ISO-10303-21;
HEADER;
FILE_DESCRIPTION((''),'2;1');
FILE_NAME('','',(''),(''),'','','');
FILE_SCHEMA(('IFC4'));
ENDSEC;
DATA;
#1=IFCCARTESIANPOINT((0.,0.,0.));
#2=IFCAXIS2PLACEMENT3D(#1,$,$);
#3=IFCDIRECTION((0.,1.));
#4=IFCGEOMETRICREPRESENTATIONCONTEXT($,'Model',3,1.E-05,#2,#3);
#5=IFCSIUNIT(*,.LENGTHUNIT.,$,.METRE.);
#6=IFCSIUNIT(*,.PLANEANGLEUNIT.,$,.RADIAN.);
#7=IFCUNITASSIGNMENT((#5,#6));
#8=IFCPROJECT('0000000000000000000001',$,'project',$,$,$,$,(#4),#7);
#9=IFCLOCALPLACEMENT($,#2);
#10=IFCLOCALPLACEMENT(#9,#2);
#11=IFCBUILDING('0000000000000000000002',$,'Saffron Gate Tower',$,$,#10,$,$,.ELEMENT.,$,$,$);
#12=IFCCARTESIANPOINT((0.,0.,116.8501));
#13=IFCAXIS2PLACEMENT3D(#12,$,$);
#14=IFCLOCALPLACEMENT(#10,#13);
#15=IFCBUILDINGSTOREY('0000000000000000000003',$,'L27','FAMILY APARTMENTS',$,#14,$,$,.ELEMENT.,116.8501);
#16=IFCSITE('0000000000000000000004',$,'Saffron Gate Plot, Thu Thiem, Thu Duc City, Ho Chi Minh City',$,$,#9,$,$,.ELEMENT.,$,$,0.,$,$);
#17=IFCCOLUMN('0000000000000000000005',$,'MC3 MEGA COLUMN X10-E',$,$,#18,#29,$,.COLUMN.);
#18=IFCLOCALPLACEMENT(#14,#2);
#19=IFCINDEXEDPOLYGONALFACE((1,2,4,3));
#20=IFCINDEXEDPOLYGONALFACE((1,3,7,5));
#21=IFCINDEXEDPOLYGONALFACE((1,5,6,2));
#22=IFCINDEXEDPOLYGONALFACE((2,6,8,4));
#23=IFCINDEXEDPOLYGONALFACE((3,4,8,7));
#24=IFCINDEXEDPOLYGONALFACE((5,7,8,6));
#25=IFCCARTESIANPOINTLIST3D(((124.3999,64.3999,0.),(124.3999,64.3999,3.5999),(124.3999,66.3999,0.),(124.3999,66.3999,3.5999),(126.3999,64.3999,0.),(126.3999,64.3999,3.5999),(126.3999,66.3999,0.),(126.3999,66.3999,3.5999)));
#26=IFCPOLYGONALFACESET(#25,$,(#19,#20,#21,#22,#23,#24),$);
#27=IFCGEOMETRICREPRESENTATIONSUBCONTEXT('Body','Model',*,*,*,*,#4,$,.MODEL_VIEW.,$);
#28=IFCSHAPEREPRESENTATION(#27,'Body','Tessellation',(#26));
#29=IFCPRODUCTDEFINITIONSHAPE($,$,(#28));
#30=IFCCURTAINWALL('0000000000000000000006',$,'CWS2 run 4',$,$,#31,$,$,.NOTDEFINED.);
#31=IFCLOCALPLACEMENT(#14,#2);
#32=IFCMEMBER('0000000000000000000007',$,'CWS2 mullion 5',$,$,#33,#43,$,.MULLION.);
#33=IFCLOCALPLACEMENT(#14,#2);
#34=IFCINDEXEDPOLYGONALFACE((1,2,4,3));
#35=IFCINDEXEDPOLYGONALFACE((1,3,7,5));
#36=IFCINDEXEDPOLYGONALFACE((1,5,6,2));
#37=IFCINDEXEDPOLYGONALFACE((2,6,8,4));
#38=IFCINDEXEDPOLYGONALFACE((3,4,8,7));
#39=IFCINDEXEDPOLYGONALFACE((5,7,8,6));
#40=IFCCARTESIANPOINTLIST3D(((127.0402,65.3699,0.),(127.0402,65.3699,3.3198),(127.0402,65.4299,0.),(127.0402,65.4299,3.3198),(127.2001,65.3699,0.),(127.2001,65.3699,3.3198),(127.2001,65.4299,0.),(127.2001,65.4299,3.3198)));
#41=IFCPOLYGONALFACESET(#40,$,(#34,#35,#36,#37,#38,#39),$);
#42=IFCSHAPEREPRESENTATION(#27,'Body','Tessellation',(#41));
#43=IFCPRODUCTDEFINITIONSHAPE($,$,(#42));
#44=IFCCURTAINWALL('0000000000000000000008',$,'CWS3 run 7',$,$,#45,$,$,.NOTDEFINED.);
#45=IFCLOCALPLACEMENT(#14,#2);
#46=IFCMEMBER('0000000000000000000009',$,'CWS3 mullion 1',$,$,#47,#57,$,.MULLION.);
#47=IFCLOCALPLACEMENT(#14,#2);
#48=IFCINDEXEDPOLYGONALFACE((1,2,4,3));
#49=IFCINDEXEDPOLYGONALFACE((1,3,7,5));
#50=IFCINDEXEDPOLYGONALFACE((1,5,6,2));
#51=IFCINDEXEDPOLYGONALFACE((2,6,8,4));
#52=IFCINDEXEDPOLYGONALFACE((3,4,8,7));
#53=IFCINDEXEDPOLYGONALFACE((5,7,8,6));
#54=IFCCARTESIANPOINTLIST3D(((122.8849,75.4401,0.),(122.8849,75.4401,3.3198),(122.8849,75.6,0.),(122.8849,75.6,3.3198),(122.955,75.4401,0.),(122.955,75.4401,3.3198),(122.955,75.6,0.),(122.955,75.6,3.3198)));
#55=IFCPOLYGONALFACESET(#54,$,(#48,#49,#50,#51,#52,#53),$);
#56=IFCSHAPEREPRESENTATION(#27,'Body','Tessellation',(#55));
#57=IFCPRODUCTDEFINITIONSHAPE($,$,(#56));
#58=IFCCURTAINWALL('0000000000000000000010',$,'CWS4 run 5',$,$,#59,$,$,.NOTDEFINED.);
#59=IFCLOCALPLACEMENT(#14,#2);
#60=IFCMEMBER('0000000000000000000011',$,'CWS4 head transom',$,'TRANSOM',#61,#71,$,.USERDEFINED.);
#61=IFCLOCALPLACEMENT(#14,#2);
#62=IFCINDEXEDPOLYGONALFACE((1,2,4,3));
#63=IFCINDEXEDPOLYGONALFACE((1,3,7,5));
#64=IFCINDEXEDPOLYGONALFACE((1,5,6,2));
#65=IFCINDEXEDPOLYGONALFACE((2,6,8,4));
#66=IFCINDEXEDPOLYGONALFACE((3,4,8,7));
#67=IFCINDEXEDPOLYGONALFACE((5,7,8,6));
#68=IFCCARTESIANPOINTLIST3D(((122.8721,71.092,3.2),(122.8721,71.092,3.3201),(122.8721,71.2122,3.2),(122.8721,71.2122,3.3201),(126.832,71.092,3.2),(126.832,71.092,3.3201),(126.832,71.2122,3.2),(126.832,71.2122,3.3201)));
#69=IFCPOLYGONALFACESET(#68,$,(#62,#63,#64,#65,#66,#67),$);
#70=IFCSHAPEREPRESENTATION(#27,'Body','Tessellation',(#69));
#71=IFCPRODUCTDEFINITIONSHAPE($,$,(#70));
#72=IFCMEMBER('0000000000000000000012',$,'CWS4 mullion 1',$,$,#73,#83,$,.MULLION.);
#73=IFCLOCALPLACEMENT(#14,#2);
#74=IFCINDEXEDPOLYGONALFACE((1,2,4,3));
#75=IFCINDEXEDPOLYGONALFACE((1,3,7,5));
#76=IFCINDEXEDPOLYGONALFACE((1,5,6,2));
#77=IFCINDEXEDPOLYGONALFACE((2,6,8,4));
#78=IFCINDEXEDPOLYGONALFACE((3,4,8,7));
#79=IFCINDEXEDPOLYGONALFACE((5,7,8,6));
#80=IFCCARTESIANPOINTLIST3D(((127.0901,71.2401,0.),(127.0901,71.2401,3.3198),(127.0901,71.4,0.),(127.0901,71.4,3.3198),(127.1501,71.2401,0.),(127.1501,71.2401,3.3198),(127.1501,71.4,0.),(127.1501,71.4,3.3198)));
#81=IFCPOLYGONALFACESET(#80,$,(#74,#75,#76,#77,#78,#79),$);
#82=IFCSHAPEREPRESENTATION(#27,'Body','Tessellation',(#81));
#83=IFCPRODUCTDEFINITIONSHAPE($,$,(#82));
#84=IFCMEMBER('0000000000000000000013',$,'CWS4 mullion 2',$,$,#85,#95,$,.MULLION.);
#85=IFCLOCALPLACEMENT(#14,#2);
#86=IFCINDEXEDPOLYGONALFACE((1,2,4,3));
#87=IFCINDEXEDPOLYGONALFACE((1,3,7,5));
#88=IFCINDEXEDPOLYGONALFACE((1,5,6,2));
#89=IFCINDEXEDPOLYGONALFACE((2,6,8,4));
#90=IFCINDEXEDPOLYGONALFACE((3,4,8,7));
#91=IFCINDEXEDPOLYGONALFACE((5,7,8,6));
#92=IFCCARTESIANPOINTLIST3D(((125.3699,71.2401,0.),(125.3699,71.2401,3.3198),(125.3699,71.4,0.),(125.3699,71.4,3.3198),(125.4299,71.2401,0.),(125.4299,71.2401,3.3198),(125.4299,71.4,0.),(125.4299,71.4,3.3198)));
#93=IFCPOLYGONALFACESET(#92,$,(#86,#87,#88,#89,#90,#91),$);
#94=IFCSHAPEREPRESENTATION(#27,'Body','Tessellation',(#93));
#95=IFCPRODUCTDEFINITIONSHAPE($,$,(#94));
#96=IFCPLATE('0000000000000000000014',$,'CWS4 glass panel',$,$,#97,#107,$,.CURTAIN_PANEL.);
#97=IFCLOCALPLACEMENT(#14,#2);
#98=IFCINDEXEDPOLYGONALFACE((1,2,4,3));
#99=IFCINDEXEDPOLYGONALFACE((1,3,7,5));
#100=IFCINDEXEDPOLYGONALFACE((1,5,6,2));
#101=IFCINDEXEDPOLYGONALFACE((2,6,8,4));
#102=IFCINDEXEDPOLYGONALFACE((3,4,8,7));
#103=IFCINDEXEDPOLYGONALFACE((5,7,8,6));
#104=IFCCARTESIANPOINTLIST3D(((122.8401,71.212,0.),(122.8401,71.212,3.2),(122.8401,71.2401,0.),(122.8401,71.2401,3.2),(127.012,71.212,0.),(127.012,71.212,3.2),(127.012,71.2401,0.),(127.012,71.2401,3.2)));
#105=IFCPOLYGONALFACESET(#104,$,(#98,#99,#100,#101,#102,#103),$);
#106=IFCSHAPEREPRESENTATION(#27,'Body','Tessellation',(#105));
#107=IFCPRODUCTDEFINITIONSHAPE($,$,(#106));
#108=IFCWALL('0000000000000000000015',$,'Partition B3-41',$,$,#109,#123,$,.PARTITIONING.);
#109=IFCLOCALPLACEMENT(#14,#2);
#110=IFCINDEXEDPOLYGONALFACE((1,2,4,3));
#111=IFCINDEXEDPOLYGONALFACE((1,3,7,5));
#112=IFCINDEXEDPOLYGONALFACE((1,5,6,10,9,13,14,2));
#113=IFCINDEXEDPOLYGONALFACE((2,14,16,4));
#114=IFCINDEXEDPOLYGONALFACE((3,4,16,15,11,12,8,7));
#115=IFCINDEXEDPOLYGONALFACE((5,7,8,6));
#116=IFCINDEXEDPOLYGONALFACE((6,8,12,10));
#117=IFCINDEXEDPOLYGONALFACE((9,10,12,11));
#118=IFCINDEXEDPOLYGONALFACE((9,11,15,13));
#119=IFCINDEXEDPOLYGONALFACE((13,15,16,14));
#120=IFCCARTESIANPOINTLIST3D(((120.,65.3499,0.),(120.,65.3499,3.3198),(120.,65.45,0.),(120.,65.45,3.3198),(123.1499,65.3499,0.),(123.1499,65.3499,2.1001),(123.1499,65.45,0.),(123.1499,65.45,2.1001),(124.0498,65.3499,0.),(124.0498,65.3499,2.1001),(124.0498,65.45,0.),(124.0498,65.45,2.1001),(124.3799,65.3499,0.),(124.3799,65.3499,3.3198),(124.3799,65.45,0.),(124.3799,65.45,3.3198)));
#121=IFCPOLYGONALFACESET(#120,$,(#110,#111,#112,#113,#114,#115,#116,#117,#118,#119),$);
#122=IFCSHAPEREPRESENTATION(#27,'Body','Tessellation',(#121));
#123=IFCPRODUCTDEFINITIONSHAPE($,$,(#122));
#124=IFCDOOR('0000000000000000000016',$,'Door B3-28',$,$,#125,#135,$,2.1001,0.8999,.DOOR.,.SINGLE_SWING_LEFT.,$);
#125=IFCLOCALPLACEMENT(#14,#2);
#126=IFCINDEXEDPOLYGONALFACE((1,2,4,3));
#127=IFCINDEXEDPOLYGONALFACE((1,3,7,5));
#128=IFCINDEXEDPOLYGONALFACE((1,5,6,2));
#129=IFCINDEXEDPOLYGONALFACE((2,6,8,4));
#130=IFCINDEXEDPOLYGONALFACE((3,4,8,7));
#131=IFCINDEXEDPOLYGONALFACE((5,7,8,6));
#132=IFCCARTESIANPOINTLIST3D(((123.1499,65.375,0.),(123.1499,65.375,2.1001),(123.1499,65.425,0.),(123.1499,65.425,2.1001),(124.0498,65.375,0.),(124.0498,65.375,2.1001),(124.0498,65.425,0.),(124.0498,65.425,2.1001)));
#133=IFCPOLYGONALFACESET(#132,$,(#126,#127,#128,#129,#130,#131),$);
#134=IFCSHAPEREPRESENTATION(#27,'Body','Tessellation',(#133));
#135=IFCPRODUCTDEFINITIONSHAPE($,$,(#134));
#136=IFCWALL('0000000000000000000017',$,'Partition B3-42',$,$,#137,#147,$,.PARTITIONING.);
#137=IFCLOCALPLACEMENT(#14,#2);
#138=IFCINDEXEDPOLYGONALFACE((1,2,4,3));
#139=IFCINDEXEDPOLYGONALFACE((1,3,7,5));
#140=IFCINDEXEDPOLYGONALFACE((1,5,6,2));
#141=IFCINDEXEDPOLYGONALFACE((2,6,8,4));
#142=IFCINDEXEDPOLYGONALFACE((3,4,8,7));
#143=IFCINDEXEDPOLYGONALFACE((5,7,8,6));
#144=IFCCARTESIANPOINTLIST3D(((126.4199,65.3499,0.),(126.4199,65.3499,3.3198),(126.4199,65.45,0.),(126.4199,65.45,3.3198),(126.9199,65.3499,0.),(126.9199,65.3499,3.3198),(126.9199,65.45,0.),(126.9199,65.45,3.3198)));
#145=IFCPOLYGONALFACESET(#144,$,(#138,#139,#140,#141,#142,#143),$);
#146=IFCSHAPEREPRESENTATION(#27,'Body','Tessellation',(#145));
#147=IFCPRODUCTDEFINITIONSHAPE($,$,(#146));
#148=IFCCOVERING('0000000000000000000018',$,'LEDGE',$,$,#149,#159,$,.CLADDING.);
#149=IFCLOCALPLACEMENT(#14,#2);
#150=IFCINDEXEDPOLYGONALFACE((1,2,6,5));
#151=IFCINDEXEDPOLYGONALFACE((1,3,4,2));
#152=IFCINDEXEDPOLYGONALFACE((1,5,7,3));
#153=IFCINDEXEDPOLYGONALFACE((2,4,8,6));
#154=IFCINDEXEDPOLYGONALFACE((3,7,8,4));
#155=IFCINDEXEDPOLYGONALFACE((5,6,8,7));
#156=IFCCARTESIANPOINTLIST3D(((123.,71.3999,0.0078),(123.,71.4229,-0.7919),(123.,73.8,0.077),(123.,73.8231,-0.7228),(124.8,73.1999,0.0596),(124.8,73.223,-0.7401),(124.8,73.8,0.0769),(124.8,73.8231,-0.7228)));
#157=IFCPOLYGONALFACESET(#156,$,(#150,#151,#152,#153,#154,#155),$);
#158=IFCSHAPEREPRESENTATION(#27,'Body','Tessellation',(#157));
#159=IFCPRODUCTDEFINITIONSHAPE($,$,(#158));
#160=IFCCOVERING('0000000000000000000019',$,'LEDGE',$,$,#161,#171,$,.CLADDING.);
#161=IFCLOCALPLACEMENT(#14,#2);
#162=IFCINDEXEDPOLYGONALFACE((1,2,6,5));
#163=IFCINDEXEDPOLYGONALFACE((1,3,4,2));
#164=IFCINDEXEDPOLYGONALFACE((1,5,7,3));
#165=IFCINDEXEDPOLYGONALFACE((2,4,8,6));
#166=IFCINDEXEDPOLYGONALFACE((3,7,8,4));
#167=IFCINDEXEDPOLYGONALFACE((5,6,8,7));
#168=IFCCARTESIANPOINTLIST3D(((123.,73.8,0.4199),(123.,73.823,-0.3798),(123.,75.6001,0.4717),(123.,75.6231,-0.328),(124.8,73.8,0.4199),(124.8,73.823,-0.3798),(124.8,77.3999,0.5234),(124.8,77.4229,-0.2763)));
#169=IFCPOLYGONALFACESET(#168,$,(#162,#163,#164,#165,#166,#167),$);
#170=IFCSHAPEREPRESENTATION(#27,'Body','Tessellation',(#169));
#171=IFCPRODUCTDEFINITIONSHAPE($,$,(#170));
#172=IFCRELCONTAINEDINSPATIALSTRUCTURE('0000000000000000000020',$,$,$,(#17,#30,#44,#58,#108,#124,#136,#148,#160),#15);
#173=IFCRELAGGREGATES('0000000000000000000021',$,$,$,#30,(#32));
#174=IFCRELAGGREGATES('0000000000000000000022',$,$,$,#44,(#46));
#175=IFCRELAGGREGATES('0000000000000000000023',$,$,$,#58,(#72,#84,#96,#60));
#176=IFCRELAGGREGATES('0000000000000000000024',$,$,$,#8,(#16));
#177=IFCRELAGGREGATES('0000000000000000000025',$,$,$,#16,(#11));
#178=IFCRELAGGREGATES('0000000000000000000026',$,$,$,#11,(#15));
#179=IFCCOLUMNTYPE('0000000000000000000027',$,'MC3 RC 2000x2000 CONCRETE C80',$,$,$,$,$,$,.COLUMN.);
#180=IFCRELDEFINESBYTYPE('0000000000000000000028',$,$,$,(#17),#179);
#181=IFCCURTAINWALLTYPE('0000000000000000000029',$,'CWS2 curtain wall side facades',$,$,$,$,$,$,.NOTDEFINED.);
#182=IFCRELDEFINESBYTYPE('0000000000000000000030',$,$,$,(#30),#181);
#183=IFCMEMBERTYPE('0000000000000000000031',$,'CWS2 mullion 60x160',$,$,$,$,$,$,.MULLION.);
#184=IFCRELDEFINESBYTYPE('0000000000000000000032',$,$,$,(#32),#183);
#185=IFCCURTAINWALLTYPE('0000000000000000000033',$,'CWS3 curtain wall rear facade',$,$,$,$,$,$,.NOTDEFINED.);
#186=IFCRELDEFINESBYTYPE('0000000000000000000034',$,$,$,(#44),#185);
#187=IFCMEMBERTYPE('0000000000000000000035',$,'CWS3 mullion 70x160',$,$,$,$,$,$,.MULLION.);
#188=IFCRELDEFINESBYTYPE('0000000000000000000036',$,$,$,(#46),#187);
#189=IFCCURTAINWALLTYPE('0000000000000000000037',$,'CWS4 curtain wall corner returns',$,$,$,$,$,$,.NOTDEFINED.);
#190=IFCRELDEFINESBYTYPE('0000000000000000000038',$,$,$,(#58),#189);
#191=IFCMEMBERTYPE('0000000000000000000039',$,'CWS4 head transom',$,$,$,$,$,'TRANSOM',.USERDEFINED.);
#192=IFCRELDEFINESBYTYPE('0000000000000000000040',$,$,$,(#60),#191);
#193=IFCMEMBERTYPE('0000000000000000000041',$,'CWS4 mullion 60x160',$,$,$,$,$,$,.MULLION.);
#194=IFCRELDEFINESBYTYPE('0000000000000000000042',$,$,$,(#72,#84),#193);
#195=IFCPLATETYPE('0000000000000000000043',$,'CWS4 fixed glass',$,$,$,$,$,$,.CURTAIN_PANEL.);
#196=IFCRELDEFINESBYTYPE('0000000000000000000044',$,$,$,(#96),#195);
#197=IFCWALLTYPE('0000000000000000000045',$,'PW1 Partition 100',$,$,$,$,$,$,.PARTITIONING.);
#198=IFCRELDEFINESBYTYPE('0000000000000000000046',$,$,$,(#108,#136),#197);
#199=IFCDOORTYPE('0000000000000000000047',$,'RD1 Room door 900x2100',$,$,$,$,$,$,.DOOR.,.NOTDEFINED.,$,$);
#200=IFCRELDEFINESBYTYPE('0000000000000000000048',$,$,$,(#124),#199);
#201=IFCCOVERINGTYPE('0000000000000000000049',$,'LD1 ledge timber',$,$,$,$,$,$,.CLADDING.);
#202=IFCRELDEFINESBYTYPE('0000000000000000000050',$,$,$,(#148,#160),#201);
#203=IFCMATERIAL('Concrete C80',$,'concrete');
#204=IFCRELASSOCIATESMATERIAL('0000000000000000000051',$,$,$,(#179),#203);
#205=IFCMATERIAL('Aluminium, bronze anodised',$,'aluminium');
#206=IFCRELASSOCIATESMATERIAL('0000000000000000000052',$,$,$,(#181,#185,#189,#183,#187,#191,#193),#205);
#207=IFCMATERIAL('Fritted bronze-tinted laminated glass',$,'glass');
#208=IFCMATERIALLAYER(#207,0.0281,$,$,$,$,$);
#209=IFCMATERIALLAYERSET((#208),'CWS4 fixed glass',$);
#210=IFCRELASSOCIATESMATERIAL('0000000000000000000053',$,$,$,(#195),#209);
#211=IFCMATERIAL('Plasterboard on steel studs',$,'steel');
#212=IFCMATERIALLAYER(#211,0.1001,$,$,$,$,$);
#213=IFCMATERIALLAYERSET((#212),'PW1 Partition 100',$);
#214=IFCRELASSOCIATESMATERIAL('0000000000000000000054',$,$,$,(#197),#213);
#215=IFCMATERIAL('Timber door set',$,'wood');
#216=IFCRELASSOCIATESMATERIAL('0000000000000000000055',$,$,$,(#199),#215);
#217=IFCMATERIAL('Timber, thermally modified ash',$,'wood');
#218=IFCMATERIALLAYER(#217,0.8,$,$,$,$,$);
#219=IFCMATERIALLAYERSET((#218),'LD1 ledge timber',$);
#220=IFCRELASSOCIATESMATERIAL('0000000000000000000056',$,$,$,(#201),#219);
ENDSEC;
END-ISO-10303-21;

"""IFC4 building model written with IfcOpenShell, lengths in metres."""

from ifc_helpers import new_model, si_unit, direction, frame, frame_2d, origin, origin_2d, place, context, subcontext, project, spatial, polyline, rectangle, outline, extrude, material, layer, layer_set, material_profile, profile_set, type_object, element, fill, aggregate, save


model = new_model("IFC4")

# Units and contexts
model_context = context("Model", 3, precision=1e-05, world=origin(), true_north=direction((0.0, 1.0)))
body_context = subcontext(model_context, "Body", "Model", "MODEL_VIEW")
ifc_project = project(units=[si_unit("LENGTHUNIT", "METRE"), si_unit("PLANEANGLEUNIT", "RADIAN")], contexts=[model_context])

# Site, building, storey
site_placement = place(None, origin())
site = spatial("IfcSite", under=ifc_project, at=site_placement, Name="Saffron Gate Plot, Thu Thiem, Thu Duc City, Ho Chi Minh City", CompositionType="ELEMENT", RefElevation=0.0)
building_placement = place(site_placement, origin())
building = spatial("IfcBuilding", under=site, at=building_placement, Name="Saffron Gate Tower", CompositionType="ELEMENT")
storey_placement = place(building_placement, frame((0.0, 0.0, 116.8501)))
storey = spatial("IfcBuildingStorey", under=building, at=storey_placement, Name="L27", Description="FAMILY APARTMENTS", CompositionType="ELEMENT", Elevation=116.8501)

# Column
ifc_material_1 = material(Name="Concrete C80", Category="concrete")
ifc_material_profile_1 = material_profile(ifc_material_1, rectangle(XDim=2.0, YDim=2.0, at=origin_2d()))
ifc_profile_set_1 = profile_set([ifc_material_profile_1], Name="Concrete C80")
column_type = type_object("IfcColumnType", Name="MC3 RC 2000x2000 CONCRETE C80", PredefinedType="COLUMN", material=ifc_profile_set_1)
column_placement = place(storey_placement, frame((125.3999, 65.3999, 0.0), z_axis=(0.0, 0.0, 1.0), x_axis=(1.0, 0.0, 0.0)))
element("IfcColumn", 1, at=column_placement, inside=storey, type_object=column_type, Name="MC3 MEGA COLUMN X10-E", PredefinedType="COLUMN", context=body_context, shape_type="SweptSolid", body=[
    extrude(rectangle(XDim=2.0, YDim=2.0, at=origin_2d()), origin(), (0.0, 0.0, 1.0), 3.5999),
])

# Curtain walls, members
ifc_material_2 = material(Name="Aluminium, bronze anodised", Category="aluminium")
curtain_wall_type_1 = type_object("IfcCurtainWallType", Name="CWS2 curtain wall side facades", PredefinedType="NOTDEFINED", material=ifc_material_2)
curtain_wall_1_placement = place(storey_placement, origin())
curtain_wall_1 = element("IfcCurtainWall", 2, at=curtain_wall_1_placement, inside=storey, type_object=curtain_wall_type_1, Name="CWS2 run 4", PredefinedType="NOTDEFINED")
ifc_material_profile_2 = material_profile(ifc_material_2, rectangle(XDim=0.1599, YDim=0.0601, at=origin_2d()))
ifc_profile_set_2 = profile_set([ifc_material_profile_2], Name="Aluminium, bronze anodised")
member_type_1 = type_object("IfcMemberType", Name="CWS2 mullion 60x160", PredefinedType="MULLION", material=ifc_profile_set_2)
member_1_placement = place(storey_placement, frame((127.1201, 65.3999, 0.0), z_axis=(0.0, 0.0, 1.0), x_axis=(-1.0, 0.0, 0.0)))
member_1 = element("IfcMember", 3, at=member_1_placement, type_object=member_type_1, Name="CWS2 mullion 5", PredefinedType="MULLION", context=body_context, shape_type="SweptSolid", body=[
    extrude(rectangle(XDim=0.1599, YDim=0.0601, at=origin_2d()), origin(), (0.0, 0.0, 1.0), 3.3198),
])
aggregate(curtain_wall_1, [member_1])
curtain_wall_type_2 = type_object("IfcCurtainWallType", Name="CWS3 curtain wall rear facade", PredefinedType="NOTDEFINED", material=ifc_material_2)
curtain_wall_2_placement = place(storey_placement, origin())
curtain_wall_2 = element("IfcCurtainWall", 4, at=curtain_wall_2_placement, inside=storey, type_object=curtain_wall_type_2, Name="CWS3 run 7", PredefinedType="NOTDEFINED")
ifc_material_profile_3 = material_profile(ifc_material_2, rectangle(XDim=0.1599, YDim=0.0701, at=origin_2d()))
ifc_profile_set_3 = profile_set([ifc_material_profile_3], Name="Aluminium, bronze anodised")
member_type_2 = type_object("IfcMemberType", Name="CWS3 mullion 70x160", PredefinedType="MULLION", material=ifc_profile_set_3)
member_2_placement = place(storey_placement, frame((122.9199, 75.52, 0.0), z_axis=(0.0, 0.0, 1.0), x_axis=(0.0, -1.0, 0.0)))
member_2 = element("IfcMember", 5, at=member_2_placement, type_object=member_type_2, Name="CWS3 mullion 1", PredefinedType="MULLION", context=body_context, shape_type="SweptSolid", body=[
    extrude(rectangle(XDim=0.1599, YDim=0.0701, at=origin_2d()), origin(), (0.0, 0.0, 1.0), 3.3198),
])
aggregate(curtain_wall_2, [member_2])

# Curtain wall, members, plate
curtain_wall_type_3 = type_object("IfcCurtainWallType", Name="CWS4 curtain wall corner returns", PredefinedType="NOTDEFINED", material=ifc_material_2)
curtain_wall_3_placement = place(storey_placement, origin())
curtain_wall_3 = element("IfcCurtainWall", 6, at=curtain_wall_3_placement, inside=storey, type_object=curtain_wall_type_3, Name="CWS4 run 5", PredefinedType="NOTDEFINED")
ifc_material_profile_4 = material_profile(ifc_material_2, rectangle(XDim=0.1201, YDim=0.1201, at=origin_2d()))
ifc_profile_set_4 = profile_set([ifc_material_profile_4], Name="Aluminium, bronze anodised")
member_type_3 = type_object("IfcMemberType", Name="CWS4 head transom", ElementType="TRANSOM", PredefinedType="USERDEFINED", material=ifc_profile_set_4)
member_3_placement = place(storey_placement, frame((126.832, 71.1521, 3.26), z_axis=(-1.0, 0.0, 0.0), x_axis=(0.0, -1.0, 0.0)))
member_3 = element("IfcMember", 7, at=member_3_placement, type_object=member_type_3, Name="CWS4 head transom", ObjectType="TRANSOM", PredefinedType="USERDEFINED", context=body_context, shape_type="SweptSolid", body=[
    extrude(rectangle(XDim=0.1201, YDim=0.1201, at=origin_2d()), origin(), (0.0, 0.0, 1.0), 3.96),
])
ifc_material_profile_5 = material_profile(ifc_material_2, rectangle(XDim=0.1599, YDim=0.0601, at=origin_2d()))
ifc_profile_set_5 = profile_set([ifc_material_profile_5], Name="Aluminium, bronze anodised")
member_type_4 = type_object("IfcMemberType", Name="CWS4 mullion 60x160", PredefinedType="MULLION", material=ifc_profile_set_5)
member_4_placement = place(storey_placement, frame((127.1201, 71.3201, 0.0), z_axis=(0.0, 0.0, 1.0), x_axis=(0.0, -1.0, 0.0)))
member_4 = element("IfcMember", 8, at=member_4_placement, type_object=member_type_4, Name="CWS4 mullion 1", PredefinedType="MULLION", context=body_context, shape_type="SweptSolid", body=[
    extrude(rectangle(XDim=0.1599, YDim=0.0601, at=origin_2d()), origin(), (0.0, 0.0, 1.0), 3.3198),
])
member_5_placement = place(storey_placement, frame((125.3999, 71.3201, 0.0), z_axis=(0.0, 0.0, 1.0), x_axis=(0.0, -1.0, 0.0)))
member_5 = element("IfcMember", 9, at=member_5_placement, type_object=member_type_4, Name="CWS4 mullion 2", PredefinedType="MULLION", context=body_context, shape_type="SweptSolid", body=[
    extrude(rectangle(XDim=0.1599, YDim=0.0601, at=origin_2d()), origin(), (0.0, 0.0, 1.0), 3.3198),
])
ifc_material_3 = material(Name="Fritted bronze-tinted laminated glass", Category="glass")
ifc_layer_1 = layer(ifc_material_3, 0.0281)
ifc_layer_set_1 = layer_set([ifc_layer_1], Name="CWS4 fixed glass")
plate_type = type_object("IfcPlateType", Name="CWS4 fixed glass", PredefinedType="CURTAIN_PANEL", material=ifc_layer_set_1)
plate_placement = place(storey_placement, frame((127.012, 71.2261, 0.0), z_axis=(0.0, 0.0, 1.0), x_axis=(-1.0, 0.0, 0.0)))
plate = element("IfcPlate", 10, at=plate_placement, type_object=plate_type, Name="CWS4 glass panel", PredefinedType="CURTAIN_PANEL", context=body_context, shape_type="SweptSolid", body=[
    extrude(rectangle(XDim=4.1719, YDim=0.0281, at=frame_2d((2.0859, 0.0))), origin(), (0.0, 0.0, 1.0), 3.2),
])
aggregate(curtain_wall_3, [member_4, member_5, plate, member_3])

# Wall, opening, door
ifc_material_4 = material(Name="Plasterboard on steel studs", Category="steel")
ifc_layer_2 = layer(ifc_material_4, 0.1001)
ifc_layer_set_2 = layer_set([ifc_layer_2], Name="PW1 Partition 100")
wall_type = type_object("IfcWallType", Name="PW1 Partition 100", PredefinedType="PARTITIONING", material=ifc_layer_set_2)
wall_1_placement = place(storey_placement, frame((124.3799, 65.3999, 0.0), z_axis=(0.0, 0.0, 1.0), x_axis=(-1.0, 0.0, 0.0)))
wall_1 = element("IfcWall", 11, at=wall_1_placement, inside=storey, type_object=wall_type, Name="Partition B3-41", PredefinedType="PARTITIONING", context=body_context, shape_type="SweptSolid", body=[
    extrude(rectangle(XDim=4.3799, YDim=0.1001, at=frame_2d((2.1899, 0.0))), origin(), (0.0, 0.0, 1.0), 3.3198),
])
opening_placement = place(wall_1_placement, frame((0.3301, 0.0, 0.0)))
opening = element("IfcOpeningElement", 12, at=opening_placement, cuts=wall_1, PredefinedType="OPENING", context=body_context, shape_type="SweptSolid", body=[
    extrude(rectangle(XDim=0.8999, YDim=2.1001, at=frame_2d((0.45, 1.05))), frame((0.0, 0.0601, 0.0), z_axis=(0.0, -1.0, 0.0), x_axis=(1.0, 0.0, 0.0)), (0.0, 0.0, 1.0), 0.1201),
])
ifc_material_5 = material(Name="Timber door set", Category="wood")
door_type = type_object("IfcDoorType", Name="RD1 Room door 900x2100", OperationType="NOTDEFINED", PredefinedType="DOOR", material=ifc_material_5)
door_placement = place(opening_placement, origin())
door = element("IfcDoor", 13, at=door_placement, inside=storey, type_object=door_type, Name="Door B3-28", OperationType="SINGLE_SWING_LEFT", OverallHeight=2.1001, OverallWidth=0.8999, PredefinedType="DOOR", context=body_context, shape_type="SweptSolid", body=[
    extrude(rectangle(XDim=0.8999, YDim=2.1001, at=frame_2d((0.45, 1.05))), frame((0.0, 0.0249, 0.0), z_axis=(0.0, -1.0, 0.0), x_axis=(1.0, 0.0, 0.0)), (0.0, 0.0, 1.0), 0.05),
])
fill(opening, door)

# Wall
wall_2_placement = place(storey_placement, frame((126.4199, 65.3999, 0.0), z_axis=(0.0, 0.0, 1.0), x_axis=(1.0, 0.0, 0.0)))
element("IfcWall", 14, at=wall_2_placement, inside=storey, type_object=wall_type, Name="Partition B3-42", PredefinedType="PARTITIONING", context=body_context, shape_type="SweptSolid", body=[
    extrude(rectangle(XDim=0.5, YDim=0.1001, at=frame_2d((0.25, 0.0))), origin(), (0.0, 0.0, 1.0), 3.3198),
])

# Coverings
ifc_material_6 = material(Name="Timber, thermally modified ash", Category="wood")
ifc_layer_3 = layer(ifc_material_6, 0.8)
ifc_layer_set_3 = layer_set([ifc_layer_3], Name="LD1 ledge timber")
covering_type_1 = type_object("IfcCoveringType", Name="LD1 ledge timber", PredefinedType="CLADDING", material=ifc_layer_set_3)
covering_1_placement = place(storey_placement, frame((123.0, 71.3999, 0.0078), z_axis=(0.000026, -0.028794, 0.999585), x_axis=(0.0, 0.999585, 0.028794)))
element("IfcCovering", 15, at=covering_1_placement, inside=storey, type_object=covering_type_1, Name="LEDGE", PredefinedType="CLADDING", context=body_context, shape_type="SweptSolid", body=[
    extrude(outline(polyline([(0.0, 0.0), (2.4011, 0.0), (2.4011, -1.8), (1.8008, -1.8), (0.0, 0.0)])), origin(), (0.0, 0.0, -1.0), 0.8),
])
covering_2_placement = place(storey_placement, frame((123.0, 73.8, 0.4199), z_axis=(-0.000001, -0.028743, 0.999587), x_axis=(0.0, 0.999587, 0.028743)))
element("IfcCovering", 16, at=covering_2_placement, inside=storey, type_object=covering_type_1, Name="LEDGE", PredefinedType="CLADDING", context=body_context, shape_type="SweptSolid", body=[
    extrude(outline(polyline([(0.0, 0.0), (1.8008, 0.0), (3.6013, -1.8), (0.0, -1.8), (0.0, 0.0)])), origin(), (0.0, 0.0, -1.0), 0.8),
])

save(model, "model.ifc")
